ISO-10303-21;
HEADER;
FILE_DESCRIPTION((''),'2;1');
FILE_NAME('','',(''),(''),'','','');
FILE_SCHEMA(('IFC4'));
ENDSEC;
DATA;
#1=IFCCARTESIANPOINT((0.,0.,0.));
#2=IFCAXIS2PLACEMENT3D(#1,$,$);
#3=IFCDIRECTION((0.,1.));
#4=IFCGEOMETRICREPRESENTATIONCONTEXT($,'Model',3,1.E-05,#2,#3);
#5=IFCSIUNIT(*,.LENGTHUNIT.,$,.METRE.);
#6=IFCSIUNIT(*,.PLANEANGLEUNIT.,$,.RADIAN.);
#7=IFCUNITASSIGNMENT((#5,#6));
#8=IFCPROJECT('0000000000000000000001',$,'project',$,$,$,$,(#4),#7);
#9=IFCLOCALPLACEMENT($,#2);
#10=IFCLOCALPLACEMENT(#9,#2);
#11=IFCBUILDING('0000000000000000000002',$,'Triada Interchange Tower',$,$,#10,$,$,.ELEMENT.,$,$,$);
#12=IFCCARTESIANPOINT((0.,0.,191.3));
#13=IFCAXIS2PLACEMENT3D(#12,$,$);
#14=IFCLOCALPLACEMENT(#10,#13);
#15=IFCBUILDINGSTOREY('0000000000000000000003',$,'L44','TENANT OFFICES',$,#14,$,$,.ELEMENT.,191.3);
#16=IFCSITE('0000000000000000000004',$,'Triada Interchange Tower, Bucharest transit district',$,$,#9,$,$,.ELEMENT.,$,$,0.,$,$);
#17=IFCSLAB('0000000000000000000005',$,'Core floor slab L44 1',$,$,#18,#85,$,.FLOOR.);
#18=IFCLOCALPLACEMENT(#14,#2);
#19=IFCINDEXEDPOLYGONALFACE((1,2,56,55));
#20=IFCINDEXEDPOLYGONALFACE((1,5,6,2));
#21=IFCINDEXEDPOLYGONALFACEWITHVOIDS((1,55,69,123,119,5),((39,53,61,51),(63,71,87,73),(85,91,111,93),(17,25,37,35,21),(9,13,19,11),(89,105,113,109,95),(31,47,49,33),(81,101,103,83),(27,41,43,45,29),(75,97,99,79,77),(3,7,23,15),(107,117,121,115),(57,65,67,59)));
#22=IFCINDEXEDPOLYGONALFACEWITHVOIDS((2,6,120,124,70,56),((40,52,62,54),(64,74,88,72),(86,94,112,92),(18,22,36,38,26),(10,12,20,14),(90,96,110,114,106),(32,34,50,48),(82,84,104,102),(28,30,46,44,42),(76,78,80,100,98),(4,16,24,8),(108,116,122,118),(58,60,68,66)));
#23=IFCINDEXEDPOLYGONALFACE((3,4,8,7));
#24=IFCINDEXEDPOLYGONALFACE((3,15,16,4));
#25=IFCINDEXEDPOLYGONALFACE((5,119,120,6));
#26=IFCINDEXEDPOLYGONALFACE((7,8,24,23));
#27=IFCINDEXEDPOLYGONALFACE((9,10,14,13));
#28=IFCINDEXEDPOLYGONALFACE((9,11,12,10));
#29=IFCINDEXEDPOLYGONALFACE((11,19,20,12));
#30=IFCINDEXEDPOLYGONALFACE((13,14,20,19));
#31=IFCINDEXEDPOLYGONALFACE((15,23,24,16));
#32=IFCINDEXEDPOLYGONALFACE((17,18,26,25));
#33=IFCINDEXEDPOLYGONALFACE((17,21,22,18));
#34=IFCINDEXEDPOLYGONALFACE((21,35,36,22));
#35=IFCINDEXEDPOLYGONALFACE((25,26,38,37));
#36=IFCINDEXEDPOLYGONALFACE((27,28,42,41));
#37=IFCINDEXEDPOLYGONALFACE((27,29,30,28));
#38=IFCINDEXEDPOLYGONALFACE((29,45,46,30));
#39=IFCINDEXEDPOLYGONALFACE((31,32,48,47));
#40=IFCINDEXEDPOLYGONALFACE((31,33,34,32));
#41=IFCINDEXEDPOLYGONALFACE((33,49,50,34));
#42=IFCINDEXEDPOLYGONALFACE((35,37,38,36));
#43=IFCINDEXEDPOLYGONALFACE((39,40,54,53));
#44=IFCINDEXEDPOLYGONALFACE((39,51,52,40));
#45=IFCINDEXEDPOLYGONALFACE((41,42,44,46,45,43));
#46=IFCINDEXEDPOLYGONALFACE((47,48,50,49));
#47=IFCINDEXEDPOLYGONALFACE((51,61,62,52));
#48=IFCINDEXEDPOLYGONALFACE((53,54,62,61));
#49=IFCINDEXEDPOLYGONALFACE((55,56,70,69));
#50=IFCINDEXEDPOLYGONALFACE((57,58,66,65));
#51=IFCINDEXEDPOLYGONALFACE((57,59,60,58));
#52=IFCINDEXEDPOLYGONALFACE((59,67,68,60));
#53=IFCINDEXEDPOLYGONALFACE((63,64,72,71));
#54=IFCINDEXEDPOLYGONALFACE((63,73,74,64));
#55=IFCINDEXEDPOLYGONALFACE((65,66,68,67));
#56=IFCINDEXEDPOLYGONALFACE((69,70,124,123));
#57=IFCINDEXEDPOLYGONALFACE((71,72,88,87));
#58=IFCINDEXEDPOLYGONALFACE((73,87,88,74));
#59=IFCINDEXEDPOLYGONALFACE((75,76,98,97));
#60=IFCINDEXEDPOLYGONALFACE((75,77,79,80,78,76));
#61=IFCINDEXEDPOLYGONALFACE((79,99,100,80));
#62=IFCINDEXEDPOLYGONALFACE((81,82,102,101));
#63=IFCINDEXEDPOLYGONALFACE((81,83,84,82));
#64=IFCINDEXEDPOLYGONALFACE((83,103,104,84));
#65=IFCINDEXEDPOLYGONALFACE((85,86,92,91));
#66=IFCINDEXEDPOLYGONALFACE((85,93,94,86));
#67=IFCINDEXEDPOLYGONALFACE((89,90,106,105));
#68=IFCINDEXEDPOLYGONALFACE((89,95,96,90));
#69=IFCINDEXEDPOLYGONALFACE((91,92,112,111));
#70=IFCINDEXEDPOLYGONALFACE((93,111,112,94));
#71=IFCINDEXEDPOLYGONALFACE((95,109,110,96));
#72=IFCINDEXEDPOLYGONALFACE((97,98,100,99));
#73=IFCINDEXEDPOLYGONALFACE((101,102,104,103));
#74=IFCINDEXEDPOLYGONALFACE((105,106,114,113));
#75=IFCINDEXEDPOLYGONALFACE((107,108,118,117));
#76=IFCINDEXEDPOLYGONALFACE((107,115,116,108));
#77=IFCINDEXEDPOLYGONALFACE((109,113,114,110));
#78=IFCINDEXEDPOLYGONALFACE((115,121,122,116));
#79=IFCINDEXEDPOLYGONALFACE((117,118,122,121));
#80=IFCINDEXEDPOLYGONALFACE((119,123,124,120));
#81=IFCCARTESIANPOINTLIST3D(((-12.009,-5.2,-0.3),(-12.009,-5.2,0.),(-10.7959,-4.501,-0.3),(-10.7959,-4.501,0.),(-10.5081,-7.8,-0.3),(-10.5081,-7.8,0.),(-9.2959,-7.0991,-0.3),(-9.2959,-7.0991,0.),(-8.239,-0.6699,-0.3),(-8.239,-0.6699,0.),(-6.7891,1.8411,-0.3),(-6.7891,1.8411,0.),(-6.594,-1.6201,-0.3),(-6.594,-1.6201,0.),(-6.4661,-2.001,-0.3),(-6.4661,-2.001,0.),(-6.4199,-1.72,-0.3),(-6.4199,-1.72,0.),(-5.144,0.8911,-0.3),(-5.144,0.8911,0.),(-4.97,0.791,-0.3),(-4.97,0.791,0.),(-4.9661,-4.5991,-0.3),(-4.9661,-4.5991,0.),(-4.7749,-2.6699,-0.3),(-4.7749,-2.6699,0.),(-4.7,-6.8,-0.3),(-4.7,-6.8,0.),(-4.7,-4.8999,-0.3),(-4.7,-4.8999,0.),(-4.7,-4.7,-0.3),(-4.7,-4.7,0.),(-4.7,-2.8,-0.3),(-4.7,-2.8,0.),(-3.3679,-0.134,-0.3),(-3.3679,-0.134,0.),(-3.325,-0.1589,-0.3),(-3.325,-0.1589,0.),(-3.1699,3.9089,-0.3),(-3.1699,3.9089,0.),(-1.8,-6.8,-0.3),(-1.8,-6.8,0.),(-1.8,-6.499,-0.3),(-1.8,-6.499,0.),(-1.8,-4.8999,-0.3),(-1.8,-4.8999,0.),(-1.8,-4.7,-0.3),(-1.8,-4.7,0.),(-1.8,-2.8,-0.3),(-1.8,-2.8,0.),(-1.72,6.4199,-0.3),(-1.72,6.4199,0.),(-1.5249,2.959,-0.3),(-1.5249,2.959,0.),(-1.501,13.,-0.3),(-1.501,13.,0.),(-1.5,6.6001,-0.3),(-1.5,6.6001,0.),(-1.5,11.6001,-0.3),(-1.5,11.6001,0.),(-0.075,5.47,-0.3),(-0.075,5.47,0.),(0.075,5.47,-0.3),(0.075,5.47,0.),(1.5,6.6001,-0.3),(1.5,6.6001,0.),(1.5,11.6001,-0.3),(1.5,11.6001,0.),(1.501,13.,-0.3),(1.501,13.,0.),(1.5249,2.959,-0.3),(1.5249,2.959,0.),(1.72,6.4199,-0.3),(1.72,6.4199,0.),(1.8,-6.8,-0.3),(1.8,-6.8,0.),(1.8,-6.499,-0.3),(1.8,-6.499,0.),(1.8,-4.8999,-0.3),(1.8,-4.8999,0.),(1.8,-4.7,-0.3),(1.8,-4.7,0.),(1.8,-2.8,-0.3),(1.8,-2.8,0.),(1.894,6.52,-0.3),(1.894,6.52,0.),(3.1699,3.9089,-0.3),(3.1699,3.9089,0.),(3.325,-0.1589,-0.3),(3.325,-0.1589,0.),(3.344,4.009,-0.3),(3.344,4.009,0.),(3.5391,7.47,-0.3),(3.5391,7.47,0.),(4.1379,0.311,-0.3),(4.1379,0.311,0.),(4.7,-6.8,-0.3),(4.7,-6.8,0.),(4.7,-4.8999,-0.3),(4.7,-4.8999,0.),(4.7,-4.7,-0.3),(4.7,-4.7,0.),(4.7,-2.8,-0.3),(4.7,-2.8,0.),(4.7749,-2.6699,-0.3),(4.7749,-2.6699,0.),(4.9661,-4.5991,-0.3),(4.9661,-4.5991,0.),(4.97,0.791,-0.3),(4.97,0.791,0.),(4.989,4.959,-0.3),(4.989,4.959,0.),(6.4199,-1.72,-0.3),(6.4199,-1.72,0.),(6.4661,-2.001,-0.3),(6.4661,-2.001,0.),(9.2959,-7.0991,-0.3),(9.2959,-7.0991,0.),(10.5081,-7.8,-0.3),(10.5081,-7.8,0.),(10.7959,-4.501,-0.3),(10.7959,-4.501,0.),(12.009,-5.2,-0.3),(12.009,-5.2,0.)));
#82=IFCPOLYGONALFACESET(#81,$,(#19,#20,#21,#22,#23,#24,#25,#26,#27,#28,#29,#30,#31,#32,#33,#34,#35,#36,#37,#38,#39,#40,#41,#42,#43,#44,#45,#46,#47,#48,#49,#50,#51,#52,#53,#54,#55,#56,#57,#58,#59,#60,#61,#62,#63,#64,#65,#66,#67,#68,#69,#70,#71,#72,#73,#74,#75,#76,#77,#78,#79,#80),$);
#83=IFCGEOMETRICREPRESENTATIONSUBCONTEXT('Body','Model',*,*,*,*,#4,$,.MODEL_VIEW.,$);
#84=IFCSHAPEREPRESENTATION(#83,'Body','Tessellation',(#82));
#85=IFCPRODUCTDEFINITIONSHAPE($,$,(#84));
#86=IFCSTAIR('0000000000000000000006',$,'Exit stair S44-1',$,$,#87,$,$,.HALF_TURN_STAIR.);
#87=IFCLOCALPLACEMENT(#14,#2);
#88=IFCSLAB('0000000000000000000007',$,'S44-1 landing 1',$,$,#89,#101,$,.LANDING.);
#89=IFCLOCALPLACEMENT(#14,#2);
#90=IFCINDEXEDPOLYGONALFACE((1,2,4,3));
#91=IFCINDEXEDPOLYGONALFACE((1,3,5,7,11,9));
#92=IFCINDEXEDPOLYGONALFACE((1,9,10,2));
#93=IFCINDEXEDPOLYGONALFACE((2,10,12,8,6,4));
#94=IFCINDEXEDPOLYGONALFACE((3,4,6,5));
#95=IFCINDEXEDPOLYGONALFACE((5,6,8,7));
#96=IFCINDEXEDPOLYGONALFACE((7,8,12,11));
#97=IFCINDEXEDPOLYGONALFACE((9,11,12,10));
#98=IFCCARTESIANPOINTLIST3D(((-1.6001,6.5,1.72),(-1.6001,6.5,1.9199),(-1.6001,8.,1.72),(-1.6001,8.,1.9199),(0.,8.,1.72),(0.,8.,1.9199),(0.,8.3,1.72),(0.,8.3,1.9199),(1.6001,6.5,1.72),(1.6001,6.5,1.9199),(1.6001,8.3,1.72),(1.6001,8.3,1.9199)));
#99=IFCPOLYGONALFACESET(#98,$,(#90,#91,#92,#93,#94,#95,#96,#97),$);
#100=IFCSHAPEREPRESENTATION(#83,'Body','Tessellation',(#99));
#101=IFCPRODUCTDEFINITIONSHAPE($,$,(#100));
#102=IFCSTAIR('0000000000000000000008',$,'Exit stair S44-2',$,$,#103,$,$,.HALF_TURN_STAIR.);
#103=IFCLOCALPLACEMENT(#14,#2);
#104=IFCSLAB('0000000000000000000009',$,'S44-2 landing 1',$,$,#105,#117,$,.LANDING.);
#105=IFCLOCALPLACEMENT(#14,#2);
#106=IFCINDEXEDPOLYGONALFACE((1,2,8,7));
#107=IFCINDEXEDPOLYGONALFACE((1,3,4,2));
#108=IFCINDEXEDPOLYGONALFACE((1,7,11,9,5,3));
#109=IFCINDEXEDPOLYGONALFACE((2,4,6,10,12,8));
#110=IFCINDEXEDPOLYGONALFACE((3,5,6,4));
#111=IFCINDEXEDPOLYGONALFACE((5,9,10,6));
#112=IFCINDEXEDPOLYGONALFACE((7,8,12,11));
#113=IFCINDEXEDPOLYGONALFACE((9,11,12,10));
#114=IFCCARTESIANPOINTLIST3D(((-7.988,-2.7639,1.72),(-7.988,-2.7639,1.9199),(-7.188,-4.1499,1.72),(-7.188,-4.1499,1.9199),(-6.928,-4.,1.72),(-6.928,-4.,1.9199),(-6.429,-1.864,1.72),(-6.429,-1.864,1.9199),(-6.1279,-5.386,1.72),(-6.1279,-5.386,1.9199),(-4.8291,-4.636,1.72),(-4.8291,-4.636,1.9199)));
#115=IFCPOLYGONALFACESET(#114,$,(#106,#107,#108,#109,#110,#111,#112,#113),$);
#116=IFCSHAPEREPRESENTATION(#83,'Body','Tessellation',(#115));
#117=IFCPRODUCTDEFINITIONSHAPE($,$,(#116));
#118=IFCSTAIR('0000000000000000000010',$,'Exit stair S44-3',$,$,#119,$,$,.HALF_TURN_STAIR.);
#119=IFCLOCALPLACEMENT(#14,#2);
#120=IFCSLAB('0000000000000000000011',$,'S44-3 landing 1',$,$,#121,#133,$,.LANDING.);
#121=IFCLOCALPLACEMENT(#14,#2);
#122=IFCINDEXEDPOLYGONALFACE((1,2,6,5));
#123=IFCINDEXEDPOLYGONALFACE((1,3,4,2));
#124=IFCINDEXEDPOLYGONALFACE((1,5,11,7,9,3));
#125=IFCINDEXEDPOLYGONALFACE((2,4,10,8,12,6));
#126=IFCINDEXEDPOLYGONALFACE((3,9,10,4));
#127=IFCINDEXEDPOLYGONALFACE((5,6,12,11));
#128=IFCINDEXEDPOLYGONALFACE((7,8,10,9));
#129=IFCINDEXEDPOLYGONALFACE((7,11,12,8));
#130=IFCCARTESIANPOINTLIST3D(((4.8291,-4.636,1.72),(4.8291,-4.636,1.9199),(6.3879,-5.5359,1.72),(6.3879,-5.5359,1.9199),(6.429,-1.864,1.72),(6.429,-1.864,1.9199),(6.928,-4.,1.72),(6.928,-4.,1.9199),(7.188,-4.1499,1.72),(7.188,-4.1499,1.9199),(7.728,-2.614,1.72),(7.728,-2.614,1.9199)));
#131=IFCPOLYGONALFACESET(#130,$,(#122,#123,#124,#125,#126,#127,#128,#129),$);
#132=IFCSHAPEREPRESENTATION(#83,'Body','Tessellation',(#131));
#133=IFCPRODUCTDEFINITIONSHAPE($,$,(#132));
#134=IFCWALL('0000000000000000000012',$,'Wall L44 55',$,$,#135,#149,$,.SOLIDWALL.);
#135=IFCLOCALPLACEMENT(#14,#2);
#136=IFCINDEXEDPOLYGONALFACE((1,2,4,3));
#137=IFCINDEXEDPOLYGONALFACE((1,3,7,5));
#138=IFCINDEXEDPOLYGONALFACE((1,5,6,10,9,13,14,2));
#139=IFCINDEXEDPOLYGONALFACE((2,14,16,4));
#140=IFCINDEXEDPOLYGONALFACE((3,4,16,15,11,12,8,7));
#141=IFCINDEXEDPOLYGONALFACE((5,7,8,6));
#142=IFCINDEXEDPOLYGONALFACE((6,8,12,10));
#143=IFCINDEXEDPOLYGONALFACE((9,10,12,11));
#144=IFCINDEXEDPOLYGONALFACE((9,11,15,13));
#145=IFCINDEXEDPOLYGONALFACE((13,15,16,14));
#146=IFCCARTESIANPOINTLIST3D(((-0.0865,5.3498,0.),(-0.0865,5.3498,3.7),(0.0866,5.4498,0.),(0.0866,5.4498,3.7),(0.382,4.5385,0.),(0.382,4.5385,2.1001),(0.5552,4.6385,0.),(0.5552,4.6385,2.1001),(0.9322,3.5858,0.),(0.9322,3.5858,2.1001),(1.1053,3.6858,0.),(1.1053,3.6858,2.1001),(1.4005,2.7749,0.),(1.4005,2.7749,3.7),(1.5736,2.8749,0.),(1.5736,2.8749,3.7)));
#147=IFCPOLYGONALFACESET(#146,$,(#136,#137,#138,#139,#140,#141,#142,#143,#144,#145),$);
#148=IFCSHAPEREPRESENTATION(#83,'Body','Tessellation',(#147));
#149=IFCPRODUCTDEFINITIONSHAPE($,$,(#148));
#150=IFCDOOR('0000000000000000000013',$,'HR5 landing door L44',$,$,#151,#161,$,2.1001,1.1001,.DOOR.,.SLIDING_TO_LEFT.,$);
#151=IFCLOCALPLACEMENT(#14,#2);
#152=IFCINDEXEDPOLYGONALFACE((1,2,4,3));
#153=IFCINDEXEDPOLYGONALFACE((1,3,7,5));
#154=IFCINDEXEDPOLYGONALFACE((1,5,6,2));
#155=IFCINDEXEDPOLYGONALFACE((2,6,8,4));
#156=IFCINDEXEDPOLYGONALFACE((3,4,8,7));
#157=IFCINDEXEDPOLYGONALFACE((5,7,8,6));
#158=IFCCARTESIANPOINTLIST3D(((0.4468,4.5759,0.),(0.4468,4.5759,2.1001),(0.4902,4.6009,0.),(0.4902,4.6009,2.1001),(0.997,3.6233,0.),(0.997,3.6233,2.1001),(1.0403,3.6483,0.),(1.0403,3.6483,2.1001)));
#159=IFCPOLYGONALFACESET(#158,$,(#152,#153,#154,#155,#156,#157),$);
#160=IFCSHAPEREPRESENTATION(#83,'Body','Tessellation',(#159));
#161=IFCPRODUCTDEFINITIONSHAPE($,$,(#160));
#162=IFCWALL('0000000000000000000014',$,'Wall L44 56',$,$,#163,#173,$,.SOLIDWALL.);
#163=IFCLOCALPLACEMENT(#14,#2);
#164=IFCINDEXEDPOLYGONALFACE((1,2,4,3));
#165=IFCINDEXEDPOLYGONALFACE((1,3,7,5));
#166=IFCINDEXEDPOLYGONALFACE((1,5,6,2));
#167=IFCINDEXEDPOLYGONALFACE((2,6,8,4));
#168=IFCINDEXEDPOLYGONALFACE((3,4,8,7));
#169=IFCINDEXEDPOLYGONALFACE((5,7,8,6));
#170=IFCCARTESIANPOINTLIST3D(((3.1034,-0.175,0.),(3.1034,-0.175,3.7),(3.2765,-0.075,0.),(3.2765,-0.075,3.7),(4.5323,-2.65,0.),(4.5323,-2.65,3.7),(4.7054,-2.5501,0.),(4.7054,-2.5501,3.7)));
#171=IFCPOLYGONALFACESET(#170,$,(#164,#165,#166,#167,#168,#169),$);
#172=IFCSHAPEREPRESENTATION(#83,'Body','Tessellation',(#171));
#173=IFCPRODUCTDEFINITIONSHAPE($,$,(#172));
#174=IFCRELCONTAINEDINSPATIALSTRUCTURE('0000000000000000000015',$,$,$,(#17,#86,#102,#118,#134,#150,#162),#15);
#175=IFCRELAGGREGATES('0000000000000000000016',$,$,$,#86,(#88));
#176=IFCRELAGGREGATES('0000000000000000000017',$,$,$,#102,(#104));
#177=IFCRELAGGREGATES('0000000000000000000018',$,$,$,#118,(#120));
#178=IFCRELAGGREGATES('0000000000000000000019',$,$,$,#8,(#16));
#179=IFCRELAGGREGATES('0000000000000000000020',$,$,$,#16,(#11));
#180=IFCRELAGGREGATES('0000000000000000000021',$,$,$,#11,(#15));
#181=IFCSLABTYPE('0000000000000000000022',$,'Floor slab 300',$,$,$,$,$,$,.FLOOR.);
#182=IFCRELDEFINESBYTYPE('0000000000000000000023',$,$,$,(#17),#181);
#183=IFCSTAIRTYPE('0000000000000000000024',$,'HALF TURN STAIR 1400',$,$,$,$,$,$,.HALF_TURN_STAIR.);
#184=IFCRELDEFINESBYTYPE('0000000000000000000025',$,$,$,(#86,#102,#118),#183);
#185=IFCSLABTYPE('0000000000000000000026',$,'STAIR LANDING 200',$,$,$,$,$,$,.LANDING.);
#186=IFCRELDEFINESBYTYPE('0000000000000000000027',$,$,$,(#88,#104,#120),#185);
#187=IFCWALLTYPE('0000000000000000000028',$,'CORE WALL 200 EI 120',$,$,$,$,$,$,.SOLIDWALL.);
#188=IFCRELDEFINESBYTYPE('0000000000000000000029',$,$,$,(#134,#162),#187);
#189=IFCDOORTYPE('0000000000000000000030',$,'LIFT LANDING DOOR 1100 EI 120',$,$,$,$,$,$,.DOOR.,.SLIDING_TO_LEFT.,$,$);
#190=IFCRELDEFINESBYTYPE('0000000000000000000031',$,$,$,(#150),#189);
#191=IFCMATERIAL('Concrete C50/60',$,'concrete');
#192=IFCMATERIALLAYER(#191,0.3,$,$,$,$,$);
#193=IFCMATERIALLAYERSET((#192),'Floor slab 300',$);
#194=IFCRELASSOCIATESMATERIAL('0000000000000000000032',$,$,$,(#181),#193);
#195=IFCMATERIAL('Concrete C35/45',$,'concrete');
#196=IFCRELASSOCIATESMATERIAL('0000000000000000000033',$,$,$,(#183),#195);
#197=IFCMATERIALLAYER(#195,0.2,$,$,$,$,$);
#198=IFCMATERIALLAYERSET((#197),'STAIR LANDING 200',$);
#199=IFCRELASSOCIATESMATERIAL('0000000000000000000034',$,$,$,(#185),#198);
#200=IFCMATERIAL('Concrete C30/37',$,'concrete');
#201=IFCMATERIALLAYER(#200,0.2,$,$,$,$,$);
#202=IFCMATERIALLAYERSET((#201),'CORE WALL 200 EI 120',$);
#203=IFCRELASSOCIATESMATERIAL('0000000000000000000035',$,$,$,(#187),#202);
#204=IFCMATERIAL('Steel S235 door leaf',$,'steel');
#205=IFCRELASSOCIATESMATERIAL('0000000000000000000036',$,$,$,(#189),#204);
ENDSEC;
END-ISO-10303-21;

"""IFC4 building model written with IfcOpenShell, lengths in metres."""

from ifc_helpers import new_model, si_unit, direction, frame, frame_2d, origin, place, context, subcontext, project, spatial, polyline, rectangle, outline, extrude, material, layer, layer_set, type_object, element, fill, aggregate, save


model = new_model("IFC4")

# Units and contexts
model_context = context("Model", 3, precision=1e-05, world=origin(), true_north=direction((0.0, 1.0)))
body_context = subcontext(model_context, "Body", "Model", "MODEL_VIEW")
ifc_project = project(units=[si_unit("LENGTHUNIT", "METRE"), si_unit("PLANEANGLEUNIT", "RADIAN")], contexts=[model_context])

# Site, building, storey
site_placement = place(None, origin())
site = spatial("IfcSite", under=ifc_project, at=site_placement, Name="Triada Interchange Tower, Bucharest transit district", CompositionType="ELEMENT", RefElevation=0.0)
building_placement = place(site_placement, origin())
building = spatial("IfcBuilding", under=site, at=building_placement, Name="Triada Interchange Tower", CompositionType="ELEMENT")
storey_placement = place(building_placement, frame((0.0, 0.0, 191.3)))
storey = spatial("IfcBuildingStorey", under=building, at=storey_placement, Name="L44", Description="TENANT OFFICES", CompositionType="ELEMENT", Elevation=191.3)

# Slab
ifc_material_1 = material(Name="Concrete C50/60", Category="concrete")
ifc_layer_1 = layer(ifc_material_1, 0.3)
ifc_layer_set_1 = layer_set([ifc_layer_1], Name="Floor slab 300")
slab_type_1 = type_object("IfcSlabType", Name="Floor slab 300", PredefinedType="FLOOR", material=ifc_layer_set_1)
slab_1_placement = place(storey_placement, frame((0.0, 0.0, -0.3)))
element("IfcSlab", 1, at=slab_1_placement, inside=storey, type_object=slab_type_1, Name="Core floor slab L44 1", PredefinedType="FLOOR", context=body_context, shape_type="SweptSolid", body=[
    extrude(outline(polyline([(12.009, -5.2), (10.5081, -7.8), (-10.5081, -7.8), (-12.009, -5.2), (-1.501, 13.0), (1.501, 13.0), (12.009, -5.2)]), holes=[polyline([(9.2959, -7.0991), (10.7959, -4.501), (6.4661, -2.001), (4.9661, -4.5991), (9.2959, -7.0991)]), polyline([(4.7749, -2.6699), (6.4199, -1.72), (4.97, 0.791), (4.1379, 0.311), (3.325, -0.1589), (4.7749, -2.6699)]), polyline([(1.894, 6.52), (3.344, 4.009), (4.989, 4.959), (3.5391, 7.47), (1.894, 6.52)]), polyline([(1.8, -4.8999), (1.8, -6.499), (1.8, -6.8), (4.7, -6.8), (4.7, -4.8999), (1.8, -4.8999)]), polyline([(4.7, -2.8), (1.8, -2.8), (1.8, -4.7), (4.7, -4.7), (4.7, -2.8)]), polyline([(0.075, 5.47), (1.5249, 2.959), (3.1699, 3.9089), (1.72, 6.4199), (0.075, 5.47)]), polyline([(-1.5, 11.6001), (-1.5, 6.6001), (1.5, 6.6001), (1.5, 11.6001), (-1.5, 11.6001)]), polyline([(-1.5249, 2.959), (-0.075, 5.47), (-1.72, 6.4199), (-3.1699, 3.9089), (-1.5249, 2.959)]), polyline([(-1.8, -2.8), (-4.7, -2.8), (-4.7, -4.7), (-1.8, -4.7), (-1.8, -2.8)]), polyline([(-4.7, -6.8), (-1.8, -6.8), (-1.8, -6.499), (-1.8, -4.8999), (-4.7, -4.8999), (-4.7, -6.8)]), polyline([(-3.3679, -0.134), (-4.97, 0.791), (-6.4199, -1.72), (-4.7749, -2.6699), (-3.325, -0.1589), (-3.3679, -0.134)]), polyline([(-10.7959, -4.501), (-9.2959, -7.0991), (-4.9661, -4.5991), (-6.4661, -2.001), (-10.7959, -4.501)]), polyline([(-6.594, -1.6201), (-5.144, 0.8911), (-6.7891, 1.8411), (-8.239, -0.6699), (-6.594, -1.6201)])]), origin(), (0.0, 0.0, 1.0), 0.3),
])

# Stairs, slabs
ifc_material_2 = material(Name="Concrete C35/45", Category="concrete")
stair_type = type_object("IfcStairType", Name="HALF TURN STAIR 1400", PredefinedType="HALF_TURN_STAIR", material=ifc_material_2)
stair_1_placement = place(storey_placement, origin())
stair_1 = element("IfcStair", 2, at=stair_1_placement, inside=storey, type_object=stair_type, Name="Exit stair S44-1", PredefinedType="HALF_TURN_STAIR")
ifc_layer_2 = layer(ifc_material_2, 0.2)
ifc_layer_set_2 = layer_set([ifc_layer_2], Name="STAIR LANDING 200")
slab_type_2 = type_object("IfcSlabType", Name="STAIR LANDING 200", PredefinedType="LANDING", material=ifc_layer_set_2)
slab_2_placement = place(storey_placement, frame((0.0, 0.0, 1.72)))
slab_2 = element("IfcSlab", 3, at=slab_2_placement, type_object=slab_type_2, Name="S44-1 landing 1", PredefinedType="LANDING", context=body_context, shape_type="SweptSolid", body=[
    extrude(outline(polyline([(1.6001, 6.5), (1.6001, 8.3), (0.0, 8.3), (0.0, 8.0), (-1.6001, 8.0), (-1.6001, 6.5), (1.6001, 6.5)])), origin(), (0.0, 0.0, 1.0), 0.2),
])
aggregate(stair_1, [slab_2])
stair_2_placement = place(storey_placement, origin())
stair_2 = element("IfcStair", 4, at=stair_2_placement, inside=storey, type_object=stair_type, Name="Exit stair S44-2", PredefinedType="HALF_TURN_STAIR")
slab_3_placement = place(storey_placement, frame((0.0, 0.0, 1.72)))
slab_3 = element("IfcSlab", 5, at=slab_3_placement, type_object=slab_type_2, Name="S44-2 landing 1", PredefinedType="LANDING", context=body_context, shape_type="SweptSolid", body=[
    extrude(outline(polyline([(-6.429, -1.864), (-7.988, -2.7639), (-7.188, -4.1499), (-6.928, -4.0), (-6.1279, -5.386), (-4.8291, -4.636), (-6.429, -1.864)])), origin(), (0.0, 0.0, 1.0), 0.2),
])
aggregate(stair_2, [slab_3])
stair_3_placement = place(storey_placement, origin())
stair_3 = element("IfcStair", 6, at=stair_3_placement, inside=storey, type_object=stair_type, Name="Exit stair S44-3", PredefinedType="HALF_TURN_STAIR")
slab_4_placement = place(storey_placement, frame((0.0, 0.0, 1.72)))
slab_4 = element("IfcSlab", 7, at=slab_4_placement, type_object=slab_type_2, Name="S44-3 landing 1", PredefinedType="LANDING", context=body_context, shape_type="SweptSolid", body=[
    extrude(outline(polyline([(4.8291, -4.636), (6.3879, -5.5359), (7.188, -4.1499), (6.928, -4.0), (7.728, -2.614), (6.429, -1.864), (4.8291, -4.636)])), origin(), (0.0, 0.0, 1.0), 0.2),
])
aggregate(stair_3, [slab_4])

# Wall, opening, door
ifc_material_3 = material(Name="Concrete C30/37", Category="concrete")
ifc_layer_3 = layer(ifc_material_3, 0.2)
ifc_layer_set_3 = layer_set([ifc_layer_3], Name="CORE WALL 200 EI 120")
wall_type_1 = type_object("IfcWallType", Name="CORE WALL 200 EI 120", PredefinedType="SOLIDWALL", material=ifc_layer_set_3)
wall_1_placement = place(storey_placement, frame((0.0, 5.3999, 0.0), z_axis=(0.0, 0.0, 1.0), x_axis=(0.500104, -0.865965, 0.0)))
wall_1 = element("IfcWall", 8, at=wall_1_placement, inside=storey, type_object=wall_type_1, Name="Wall L44 55", PredefinedType="SOLIDWALL", context=body_context, shape_type="SweptSolid", body=[
    extrude(rectangle(XDim=2.9734, YDim=0.2, at=frame_2d((1.4868, 0.0))), origin(), (0.0, 0.0, 1.0), 3.7),
])
opening_1_placement = place(wall_1_placement, frame((0.937, 0.0, 0.0)))
opening_1 = element("IfcOpeningElement", 9, at=opening_1_placement, cuts=wall_1, PredefinedType="OPENING", context=body_context, shape_type="SweptSolid", body=[
    extrude(rectangle(XDim=1.1001, YDim=2.1001, at=frame_2d((0.55, 1.05))), frame((0.0, 0.1099, 0.0), z_axis=(0.0, -1.0, 0.0), x_axis=(1.0, 0.0, 0.0)), (0.0, 0.0, 1.0), 0.22),
])
ifc_material_4 = material(Name="Steel S235 door leaf", Category="steel")
door_type_1 = type_object("IfcDoorType", Name="LIFT LANDING DOOR 1100 EI 120", OperationType="SLIDING_TO_LEFT", PredefinedType="DOOR", material=ifc_material_4)
door_1_placement = place(opening_1_placement, origin())
door_1 = element("IfcDoor", 10, at=door_1_placement, inside=storey, type_object=door_type_1, Name="HR5 landing door L44", OperationType="SLIDING_TO_LEFT", OverallHeight=2.1001, OverallWidth=1.1001, PredefinedType="DOOR", context=body_context, shape_type="SweptSolid", body=[
    extrude(rectangle(XDim=1.1001, YDim=2.1001, at=frame_2d((0.55, 1.05))), frame((0.0, 0.0249, 0.0), z_axis=(0.0, -1.0, 0.0), x_axis=(1.0, 0.0, 0.0)), (0.0, 0.0, 1.0), 0.05),
])
fill(opening_1, door_1)

# Wall
wall_2_placement = place(storey_placement, frame((3.1899, -0.125, 0.0), z_axis=(0.0, 0.0, 1.0), x_axis=(0.499989, -0.866032, 0.0)))
element("IfcWall", 11, at=wall_2_placement, inside=storey, type_object=wall_type_1, Name="Wall L44 56", PredefinedType="SOLIDWALL", context=body_context, shape_type="SweptSolid", body=[
    extrude(rectangle(XDim=2.8579, YDim=0.2, at=frame_2d((1.429, 0.0))), origin(), (0.0, 0.0, 1.0), 3.7),
])

save(model, "model.ifc")
